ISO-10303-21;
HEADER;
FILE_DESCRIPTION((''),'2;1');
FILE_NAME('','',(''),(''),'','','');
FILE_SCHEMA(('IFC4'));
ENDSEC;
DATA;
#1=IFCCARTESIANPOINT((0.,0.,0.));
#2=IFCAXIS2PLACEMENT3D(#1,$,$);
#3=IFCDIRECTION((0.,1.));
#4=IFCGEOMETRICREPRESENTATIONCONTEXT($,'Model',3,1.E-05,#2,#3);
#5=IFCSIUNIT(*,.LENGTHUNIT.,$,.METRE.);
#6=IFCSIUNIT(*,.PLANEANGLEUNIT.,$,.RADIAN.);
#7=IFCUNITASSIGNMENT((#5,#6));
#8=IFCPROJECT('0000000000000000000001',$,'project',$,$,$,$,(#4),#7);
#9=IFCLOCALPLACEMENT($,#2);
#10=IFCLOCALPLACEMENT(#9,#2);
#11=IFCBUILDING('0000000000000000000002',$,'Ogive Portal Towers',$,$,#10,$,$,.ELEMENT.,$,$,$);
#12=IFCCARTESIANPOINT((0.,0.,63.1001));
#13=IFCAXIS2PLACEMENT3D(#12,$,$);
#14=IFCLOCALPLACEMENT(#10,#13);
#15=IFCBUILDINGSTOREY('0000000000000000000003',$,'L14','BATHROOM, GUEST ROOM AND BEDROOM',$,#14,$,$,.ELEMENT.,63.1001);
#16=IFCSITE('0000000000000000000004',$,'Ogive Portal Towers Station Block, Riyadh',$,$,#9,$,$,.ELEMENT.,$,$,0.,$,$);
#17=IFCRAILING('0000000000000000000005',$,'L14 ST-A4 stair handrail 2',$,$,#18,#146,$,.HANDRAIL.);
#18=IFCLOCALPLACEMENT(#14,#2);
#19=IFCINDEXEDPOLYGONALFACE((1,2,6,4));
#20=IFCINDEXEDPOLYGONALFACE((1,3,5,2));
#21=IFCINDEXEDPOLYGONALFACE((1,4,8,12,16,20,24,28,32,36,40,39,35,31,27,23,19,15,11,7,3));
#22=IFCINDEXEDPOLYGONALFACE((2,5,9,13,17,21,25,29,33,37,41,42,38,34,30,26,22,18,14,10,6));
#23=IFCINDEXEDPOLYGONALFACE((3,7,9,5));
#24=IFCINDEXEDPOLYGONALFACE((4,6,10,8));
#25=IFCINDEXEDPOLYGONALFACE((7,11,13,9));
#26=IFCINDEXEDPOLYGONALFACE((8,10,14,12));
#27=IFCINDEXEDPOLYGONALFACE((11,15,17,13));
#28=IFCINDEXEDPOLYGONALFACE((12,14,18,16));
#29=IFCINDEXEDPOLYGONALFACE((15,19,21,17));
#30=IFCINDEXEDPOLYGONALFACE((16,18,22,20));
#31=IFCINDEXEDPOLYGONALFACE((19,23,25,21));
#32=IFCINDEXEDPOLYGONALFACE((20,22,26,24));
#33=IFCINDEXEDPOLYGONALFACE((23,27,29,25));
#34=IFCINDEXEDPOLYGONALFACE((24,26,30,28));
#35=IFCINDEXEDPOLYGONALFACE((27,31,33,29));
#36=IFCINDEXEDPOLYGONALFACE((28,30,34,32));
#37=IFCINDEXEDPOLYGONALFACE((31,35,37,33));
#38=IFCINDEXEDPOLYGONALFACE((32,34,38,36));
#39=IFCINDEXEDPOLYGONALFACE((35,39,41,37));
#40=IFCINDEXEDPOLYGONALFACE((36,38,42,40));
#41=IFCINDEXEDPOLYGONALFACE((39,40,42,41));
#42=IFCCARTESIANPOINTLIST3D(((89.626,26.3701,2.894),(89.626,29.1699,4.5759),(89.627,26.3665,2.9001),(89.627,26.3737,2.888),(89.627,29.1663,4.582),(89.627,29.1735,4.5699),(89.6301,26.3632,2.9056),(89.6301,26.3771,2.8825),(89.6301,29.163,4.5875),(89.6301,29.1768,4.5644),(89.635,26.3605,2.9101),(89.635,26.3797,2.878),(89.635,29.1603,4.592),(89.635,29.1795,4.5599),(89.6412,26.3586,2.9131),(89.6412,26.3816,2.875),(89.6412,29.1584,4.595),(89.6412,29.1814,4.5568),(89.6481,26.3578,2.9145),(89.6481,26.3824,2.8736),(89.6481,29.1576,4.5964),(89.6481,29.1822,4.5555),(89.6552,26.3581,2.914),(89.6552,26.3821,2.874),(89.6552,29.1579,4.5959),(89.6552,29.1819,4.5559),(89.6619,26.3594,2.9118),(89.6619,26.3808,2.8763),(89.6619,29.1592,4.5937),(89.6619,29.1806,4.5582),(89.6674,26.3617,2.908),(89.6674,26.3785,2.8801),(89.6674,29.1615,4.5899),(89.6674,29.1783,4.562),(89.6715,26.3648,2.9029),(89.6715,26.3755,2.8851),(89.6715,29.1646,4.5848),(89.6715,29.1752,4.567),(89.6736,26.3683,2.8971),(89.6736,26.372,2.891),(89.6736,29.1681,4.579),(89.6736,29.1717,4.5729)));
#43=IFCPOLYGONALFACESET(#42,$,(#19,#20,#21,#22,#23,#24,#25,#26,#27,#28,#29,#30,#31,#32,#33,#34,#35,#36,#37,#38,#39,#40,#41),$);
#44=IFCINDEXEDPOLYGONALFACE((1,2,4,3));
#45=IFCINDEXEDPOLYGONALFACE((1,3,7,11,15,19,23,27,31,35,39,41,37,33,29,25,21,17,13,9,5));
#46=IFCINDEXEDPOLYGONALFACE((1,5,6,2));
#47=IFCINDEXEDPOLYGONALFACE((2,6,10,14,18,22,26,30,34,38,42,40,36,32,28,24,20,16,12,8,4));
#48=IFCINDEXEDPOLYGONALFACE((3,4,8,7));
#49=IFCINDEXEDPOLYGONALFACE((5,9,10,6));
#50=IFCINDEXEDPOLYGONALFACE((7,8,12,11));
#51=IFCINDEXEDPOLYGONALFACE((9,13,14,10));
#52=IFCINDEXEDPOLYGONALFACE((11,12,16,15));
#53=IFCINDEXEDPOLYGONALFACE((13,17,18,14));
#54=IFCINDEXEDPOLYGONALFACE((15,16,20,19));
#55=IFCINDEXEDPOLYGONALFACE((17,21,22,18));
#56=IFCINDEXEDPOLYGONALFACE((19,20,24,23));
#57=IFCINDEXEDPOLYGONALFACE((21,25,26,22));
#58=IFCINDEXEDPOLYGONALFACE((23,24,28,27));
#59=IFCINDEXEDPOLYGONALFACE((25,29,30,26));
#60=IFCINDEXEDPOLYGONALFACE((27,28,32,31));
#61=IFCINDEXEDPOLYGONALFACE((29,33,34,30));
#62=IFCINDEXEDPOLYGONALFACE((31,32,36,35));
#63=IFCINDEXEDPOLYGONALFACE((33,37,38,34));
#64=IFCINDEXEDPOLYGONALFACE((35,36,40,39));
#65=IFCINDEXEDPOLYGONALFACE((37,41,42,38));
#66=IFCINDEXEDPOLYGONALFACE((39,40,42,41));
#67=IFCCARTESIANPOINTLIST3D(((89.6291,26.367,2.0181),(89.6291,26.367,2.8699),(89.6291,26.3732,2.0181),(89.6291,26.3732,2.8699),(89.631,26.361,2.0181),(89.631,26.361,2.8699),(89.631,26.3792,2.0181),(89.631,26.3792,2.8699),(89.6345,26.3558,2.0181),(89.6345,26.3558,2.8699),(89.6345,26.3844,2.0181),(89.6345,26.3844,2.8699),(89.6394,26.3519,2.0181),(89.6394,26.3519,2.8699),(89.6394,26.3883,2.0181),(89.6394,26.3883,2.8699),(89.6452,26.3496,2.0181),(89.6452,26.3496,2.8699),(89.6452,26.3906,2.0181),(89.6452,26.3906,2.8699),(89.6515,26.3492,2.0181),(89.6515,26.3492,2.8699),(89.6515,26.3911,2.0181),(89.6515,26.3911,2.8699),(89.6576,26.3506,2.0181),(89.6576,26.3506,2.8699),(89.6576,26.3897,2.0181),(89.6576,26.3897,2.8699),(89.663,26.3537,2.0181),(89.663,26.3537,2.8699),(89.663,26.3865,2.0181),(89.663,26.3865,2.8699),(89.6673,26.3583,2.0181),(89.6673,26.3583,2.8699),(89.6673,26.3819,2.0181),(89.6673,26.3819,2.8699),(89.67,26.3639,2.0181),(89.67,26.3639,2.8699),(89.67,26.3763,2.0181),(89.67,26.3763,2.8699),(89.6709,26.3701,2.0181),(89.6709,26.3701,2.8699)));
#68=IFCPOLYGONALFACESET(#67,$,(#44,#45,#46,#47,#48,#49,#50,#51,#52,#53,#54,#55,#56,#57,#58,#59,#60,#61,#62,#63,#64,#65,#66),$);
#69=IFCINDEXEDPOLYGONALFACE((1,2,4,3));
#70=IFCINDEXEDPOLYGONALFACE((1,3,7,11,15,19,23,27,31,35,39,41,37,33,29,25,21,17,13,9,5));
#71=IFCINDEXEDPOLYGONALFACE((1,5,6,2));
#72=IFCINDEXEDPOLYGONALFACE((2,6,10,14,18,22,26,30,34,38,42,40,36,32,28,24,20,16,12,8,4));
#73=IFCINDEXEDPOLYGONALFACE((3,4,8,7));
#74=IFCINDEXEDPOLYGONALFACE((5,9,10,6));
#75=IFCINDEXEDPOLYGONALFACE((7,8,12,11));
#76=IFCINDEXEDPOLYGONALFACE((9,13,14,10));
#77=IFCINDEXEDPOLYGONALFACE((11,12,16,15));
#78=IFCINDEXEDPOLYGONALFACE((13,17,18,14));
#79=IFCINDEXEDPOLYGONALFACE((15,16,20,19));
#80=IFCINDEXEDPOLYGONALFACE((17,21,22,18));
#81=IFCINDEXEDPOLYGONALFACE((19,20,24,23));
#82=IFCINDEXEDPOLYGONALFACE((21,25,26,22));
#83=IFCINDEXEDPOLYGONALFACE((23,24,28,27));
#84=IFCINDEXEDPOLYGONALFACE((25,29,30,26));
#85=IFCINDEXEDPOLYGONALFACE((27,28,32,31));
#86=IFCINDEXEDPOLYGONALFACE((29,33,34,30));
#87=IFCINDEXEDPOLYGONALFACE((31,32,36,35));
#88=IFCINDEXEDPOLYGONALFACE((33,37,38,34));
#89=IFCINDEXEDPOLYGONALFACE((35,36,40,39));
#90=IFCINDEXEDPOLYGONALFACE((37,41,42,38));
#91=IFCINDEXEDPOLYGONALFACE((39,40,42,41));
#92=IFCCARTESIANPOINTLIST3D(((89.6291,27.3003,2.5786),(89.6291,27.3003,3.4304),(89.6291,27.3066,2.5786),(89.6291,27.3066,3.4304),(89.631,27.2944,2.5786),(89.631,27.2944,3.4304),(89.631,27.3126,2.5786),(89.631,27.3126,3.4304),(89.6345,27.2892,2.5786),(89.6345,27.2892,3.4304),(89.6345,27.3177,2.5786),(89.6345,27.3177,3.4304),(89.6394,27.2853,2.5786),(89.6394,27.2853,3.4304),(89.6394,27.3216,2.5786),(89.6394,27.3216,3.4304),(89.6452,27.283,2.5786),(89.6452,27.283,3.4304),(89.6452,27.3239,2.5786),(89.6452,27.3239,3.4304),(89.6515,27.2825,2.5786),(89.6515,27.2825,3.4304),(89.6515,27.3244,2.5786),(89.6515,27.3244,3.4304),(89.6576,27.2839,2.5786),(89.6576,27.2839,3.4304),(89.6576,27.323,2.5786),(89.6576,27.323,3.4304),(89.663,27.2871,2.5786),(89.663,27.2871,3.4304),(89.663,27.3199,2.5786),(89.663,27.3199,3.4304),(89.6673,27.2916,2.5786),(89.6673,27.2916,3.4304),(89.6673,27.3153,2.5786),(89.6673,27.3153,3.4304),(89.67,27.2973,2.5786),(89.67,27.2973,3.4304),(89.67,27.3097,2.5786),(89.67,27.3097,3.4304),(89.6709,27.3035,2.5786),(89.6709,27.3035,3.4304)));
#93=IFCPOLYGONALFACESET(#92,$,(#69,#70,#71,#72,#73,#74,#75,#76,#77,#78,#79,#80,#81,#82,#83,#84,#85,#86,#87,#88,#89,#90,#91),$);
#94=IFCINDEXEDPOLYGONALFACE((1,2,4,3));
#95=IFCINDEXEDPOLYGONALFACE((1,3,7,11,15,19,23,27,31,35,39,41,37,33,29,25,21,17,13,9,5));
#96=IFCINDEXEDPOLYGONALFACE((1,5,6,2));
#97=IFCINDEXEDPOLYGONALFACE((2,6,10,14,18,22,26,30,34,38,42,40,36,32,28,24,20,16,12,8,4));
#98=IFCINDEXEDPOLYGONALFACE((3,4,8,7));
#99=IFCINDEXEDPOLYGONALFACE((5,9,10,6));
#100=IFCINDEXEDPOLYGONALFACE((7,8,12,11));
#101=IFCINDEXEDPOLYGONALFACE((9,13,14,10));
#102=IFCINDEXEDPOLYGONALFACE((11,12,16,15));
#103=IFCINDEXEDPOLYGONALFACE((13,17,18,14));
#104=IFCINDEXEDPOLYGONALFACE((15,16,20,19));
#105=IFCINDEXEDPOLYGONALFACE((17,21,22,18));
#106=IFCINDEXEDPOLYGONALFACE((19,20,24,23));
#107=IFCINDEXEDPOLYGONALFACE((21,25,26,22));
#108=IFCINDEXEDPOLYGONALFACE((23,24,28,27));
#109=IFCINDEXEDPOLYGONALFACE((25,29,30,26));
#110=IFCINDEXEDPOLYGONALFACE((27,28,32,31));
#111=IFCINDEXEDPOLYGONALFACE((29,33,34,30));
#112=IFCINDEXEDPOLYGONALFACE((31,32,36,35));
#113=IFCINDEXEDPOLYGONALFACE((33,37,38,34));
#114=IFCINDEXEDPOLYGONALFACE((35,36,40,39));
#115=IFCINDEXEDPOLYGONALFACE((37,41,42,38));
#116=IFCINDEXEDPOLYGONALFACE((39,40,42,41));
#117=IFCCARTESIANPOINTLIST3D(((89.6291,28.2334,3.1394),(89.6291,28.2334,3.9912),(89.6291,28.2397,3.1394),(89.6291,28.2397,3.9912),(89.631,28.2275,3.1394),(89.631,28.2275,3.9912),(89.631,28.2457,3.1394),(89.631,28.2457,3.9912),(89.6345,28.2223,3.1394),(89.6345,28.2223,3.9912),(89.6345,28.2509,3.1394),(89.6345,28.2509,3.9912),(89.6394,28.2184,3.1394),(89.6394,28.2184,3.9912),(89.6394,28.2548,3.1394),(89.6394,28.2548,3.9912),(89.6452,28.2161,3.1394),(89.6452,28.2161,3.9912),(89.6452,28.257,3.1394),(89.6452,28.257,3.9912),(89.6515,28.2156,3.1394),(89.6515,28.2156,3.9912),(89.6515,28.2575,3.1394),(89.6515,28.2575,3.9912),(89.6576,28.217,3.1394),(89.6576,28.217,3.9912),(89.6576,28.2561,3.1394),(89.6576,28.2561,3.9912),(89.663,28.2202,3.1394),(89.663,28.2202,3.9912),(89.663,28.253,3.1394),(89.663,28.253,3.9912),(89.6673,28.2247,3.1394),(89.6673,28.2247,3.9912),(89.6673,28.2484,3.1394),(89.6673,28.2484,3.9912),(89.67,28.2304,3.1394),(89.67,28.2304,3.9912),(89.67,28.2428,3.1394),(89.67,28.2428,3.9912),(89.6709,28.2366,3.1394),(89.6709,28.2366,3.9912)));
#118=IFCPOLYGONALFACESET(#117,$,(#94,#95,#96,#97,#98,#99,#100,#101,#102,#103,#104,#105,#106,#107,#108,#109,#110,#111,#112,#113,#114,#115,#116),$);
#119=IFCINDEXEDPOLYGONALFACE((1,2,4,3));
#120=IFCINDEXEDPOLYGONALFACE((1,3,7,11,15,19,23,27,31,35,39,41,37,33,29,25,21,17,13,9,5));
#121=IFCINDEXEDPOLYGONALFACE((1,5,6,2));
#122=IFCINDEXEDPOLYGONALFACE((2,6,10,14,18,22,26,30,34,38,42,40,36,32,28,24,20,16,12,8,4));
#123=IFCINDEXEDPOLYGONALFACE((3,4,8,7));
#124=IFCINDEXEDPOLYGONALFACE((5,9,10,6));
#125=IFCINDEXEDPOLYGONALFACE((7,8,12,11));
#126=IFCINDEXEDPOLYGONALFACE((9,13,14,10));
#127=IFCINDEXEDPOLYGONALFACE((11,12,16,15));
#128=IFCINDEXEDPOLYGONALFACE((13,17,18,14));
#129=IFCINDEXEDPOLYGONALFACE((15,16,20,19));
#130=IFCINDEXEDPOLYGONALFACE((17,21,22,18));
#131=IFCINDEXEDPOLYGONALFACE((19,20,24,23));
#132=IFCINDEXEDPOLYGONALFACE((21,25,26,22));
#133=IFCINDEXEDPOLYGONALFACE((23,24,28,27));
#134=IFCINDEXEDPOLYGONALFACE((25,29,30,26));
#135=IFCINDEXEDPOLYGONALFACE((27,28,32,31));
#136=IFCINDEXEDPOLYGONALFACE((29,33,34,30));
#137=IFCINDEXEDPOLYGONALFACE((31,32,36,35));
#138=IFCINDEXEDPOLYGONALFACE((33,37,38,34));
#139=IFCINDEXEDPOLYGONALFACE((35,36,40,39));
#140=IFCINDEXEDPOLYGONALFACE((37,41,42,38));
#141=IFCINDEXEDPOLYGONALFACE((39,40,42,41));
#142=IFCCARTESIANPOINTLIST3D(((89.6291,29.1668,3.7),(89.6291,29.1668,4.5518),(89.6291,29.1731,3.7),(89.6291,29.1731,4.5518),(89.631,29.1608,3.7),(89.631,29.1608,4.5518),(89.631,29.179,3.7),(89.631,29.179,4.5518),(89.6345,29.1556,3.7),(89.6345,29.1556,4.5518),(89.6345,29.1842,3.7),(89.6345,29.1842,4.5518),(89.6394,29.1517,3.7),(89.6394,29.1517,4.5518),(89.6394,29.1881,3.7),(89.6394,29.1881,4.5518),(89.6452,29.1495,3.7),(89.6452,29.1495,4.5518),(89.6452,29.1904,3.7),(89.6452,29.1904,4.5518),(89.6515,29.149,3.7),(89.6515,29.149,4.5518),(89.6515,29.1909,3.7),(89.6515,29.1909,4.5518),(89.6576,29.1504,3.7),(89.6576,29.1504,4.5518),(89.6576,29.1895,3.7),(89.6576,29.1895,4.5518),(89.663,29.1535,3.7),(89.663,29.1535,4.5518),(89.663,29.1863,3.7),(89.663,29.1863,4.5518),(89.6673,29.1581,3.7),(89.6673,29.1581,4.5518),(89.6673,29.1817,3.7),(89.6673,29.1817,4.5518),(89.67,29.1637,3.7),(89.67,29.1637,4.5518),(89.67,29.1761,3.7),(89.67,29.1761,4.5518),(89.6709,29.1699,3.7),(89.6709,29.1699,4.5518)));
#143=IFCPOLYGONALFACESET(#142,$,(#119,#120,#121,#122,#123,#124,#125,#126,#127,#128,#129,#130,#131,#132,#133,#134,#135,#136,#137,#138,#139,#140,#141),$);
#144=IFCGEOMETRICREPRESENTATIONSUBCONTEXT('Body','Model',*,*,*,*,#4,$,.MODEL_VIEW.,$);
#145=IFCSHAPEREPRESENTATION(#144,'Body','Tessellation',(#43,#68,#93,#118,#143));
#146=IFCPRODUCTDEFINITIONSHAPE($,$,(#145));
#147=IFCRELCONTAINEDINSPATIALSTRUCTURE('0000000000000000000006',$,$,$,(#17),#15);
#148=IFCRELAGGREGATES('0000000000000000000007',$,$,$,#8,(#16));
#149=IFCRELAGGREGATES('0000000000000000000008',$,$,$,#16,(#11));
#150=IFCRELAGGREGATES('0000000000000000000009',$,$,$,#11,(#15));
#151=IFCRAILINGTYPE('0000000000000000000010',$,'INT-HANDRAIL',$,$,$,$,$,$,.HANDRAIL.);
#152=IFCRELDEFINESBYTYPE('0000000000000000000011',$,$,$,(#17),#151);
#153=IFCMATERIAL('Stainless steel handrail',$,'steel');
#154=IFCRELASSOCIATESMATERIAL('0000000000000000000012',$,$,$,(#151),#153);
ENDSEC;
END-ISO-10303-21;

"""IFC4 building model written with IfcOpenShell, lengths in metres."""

from ifc_helpers import new_model, si_unit, direction, frame, origin, origin_2d, place, context, subcontext, project, spatial, circle, extrude, material, type_object, element, save


model = new_model("IFC4")

# Units and contexts
model_context = context("Model", 3, precision=1e-05, world=origin(), true_north=direction((0.0, 1.0)))
body_context = subcontext(model_context, "Body", "Model", "MODEL_VIEW")
ifc_project = project(units=[si_unit("LENGTHUNIT", "METRE"), si_unit("PLANEANGLEUNIT", "RADIAN")], contexts=[model_context])

# Site, building, storey
site_placement = place(None, origin())
site = spatial("IfcSite", under=ifc_project, at=site_placement, Name="Ogive Portal Towers Station Block, Riyadh", CompositionType="ELEMENT", RefElevation=0.0)
building_placement = place(site_placement, origin())
building = spatial("IfcBuilding", under=site, at=building_placement, Name="Ogive Portal Towers", CompositionType="ELEMENT")
storey_placement = place(building_placement, frame((0.0, 0.0, 63.1001)))
storey = spatial("IfcBuildingStorey", under=building, at=storey_placement, Name="L14", Description="BATHROOM, GUEST ROOM AND BEDROOM", CompositionType="ELEMENT", Elevation=63.1001)

# Railing
ifc_material_1 = material(Name="Stainless steel handrail", Category="steel")
railing_type_1 = type_object("IfcRailingType", Name="INT-HANDRAIL", PredefinedType="HANDRAIL", material=ifc_material_1)
railing_1_placement = place(storey_placement, frame((89.6499, 26.3701, 2.0181)))
element("IfcRailing", 1, at=railing_1_placement, inside=storey, type_object=railing_type_1, Name="L14 ST-A4 stair handrail 2", PredefinedType="HANDRAIL", context=body_context, shape_type="SweptSolid", body=[
    extrude(circle(Radius=0.0239, at=origin_2d()), frame((0.0, 0.0, 0.876), z_axis=(0.0, 0.857222, 0.514946), x_axis=(-1.0, 0.0, 0.0)), (0.0, 0.0, 1.0), 3.2661),
    extrude(circle(Radius=0.021, at=origin_2d()), origin(), (0.0, 0.0, 1.0), 0.8518),
    extrude(circle(Radius=0.021, at=origin_2d()), frame((0.0, 0.9333, 0.5605)), (0.0, 0.0, 1.0), 0.8518),
    extrude(circle(Radius=0.021, at=origin_2d()), frame((0.0, 1.8665, 1.1213)), (0.0, 0.0, 1.0), 0.8518),
    extrude(circle(Radius=0.021, at=origin_2d()), frame((0.0, 2.7998, 1.6819)), (0.0, 0.0, 1.0), 0.8518),
])

save(model, "model.ifc")
